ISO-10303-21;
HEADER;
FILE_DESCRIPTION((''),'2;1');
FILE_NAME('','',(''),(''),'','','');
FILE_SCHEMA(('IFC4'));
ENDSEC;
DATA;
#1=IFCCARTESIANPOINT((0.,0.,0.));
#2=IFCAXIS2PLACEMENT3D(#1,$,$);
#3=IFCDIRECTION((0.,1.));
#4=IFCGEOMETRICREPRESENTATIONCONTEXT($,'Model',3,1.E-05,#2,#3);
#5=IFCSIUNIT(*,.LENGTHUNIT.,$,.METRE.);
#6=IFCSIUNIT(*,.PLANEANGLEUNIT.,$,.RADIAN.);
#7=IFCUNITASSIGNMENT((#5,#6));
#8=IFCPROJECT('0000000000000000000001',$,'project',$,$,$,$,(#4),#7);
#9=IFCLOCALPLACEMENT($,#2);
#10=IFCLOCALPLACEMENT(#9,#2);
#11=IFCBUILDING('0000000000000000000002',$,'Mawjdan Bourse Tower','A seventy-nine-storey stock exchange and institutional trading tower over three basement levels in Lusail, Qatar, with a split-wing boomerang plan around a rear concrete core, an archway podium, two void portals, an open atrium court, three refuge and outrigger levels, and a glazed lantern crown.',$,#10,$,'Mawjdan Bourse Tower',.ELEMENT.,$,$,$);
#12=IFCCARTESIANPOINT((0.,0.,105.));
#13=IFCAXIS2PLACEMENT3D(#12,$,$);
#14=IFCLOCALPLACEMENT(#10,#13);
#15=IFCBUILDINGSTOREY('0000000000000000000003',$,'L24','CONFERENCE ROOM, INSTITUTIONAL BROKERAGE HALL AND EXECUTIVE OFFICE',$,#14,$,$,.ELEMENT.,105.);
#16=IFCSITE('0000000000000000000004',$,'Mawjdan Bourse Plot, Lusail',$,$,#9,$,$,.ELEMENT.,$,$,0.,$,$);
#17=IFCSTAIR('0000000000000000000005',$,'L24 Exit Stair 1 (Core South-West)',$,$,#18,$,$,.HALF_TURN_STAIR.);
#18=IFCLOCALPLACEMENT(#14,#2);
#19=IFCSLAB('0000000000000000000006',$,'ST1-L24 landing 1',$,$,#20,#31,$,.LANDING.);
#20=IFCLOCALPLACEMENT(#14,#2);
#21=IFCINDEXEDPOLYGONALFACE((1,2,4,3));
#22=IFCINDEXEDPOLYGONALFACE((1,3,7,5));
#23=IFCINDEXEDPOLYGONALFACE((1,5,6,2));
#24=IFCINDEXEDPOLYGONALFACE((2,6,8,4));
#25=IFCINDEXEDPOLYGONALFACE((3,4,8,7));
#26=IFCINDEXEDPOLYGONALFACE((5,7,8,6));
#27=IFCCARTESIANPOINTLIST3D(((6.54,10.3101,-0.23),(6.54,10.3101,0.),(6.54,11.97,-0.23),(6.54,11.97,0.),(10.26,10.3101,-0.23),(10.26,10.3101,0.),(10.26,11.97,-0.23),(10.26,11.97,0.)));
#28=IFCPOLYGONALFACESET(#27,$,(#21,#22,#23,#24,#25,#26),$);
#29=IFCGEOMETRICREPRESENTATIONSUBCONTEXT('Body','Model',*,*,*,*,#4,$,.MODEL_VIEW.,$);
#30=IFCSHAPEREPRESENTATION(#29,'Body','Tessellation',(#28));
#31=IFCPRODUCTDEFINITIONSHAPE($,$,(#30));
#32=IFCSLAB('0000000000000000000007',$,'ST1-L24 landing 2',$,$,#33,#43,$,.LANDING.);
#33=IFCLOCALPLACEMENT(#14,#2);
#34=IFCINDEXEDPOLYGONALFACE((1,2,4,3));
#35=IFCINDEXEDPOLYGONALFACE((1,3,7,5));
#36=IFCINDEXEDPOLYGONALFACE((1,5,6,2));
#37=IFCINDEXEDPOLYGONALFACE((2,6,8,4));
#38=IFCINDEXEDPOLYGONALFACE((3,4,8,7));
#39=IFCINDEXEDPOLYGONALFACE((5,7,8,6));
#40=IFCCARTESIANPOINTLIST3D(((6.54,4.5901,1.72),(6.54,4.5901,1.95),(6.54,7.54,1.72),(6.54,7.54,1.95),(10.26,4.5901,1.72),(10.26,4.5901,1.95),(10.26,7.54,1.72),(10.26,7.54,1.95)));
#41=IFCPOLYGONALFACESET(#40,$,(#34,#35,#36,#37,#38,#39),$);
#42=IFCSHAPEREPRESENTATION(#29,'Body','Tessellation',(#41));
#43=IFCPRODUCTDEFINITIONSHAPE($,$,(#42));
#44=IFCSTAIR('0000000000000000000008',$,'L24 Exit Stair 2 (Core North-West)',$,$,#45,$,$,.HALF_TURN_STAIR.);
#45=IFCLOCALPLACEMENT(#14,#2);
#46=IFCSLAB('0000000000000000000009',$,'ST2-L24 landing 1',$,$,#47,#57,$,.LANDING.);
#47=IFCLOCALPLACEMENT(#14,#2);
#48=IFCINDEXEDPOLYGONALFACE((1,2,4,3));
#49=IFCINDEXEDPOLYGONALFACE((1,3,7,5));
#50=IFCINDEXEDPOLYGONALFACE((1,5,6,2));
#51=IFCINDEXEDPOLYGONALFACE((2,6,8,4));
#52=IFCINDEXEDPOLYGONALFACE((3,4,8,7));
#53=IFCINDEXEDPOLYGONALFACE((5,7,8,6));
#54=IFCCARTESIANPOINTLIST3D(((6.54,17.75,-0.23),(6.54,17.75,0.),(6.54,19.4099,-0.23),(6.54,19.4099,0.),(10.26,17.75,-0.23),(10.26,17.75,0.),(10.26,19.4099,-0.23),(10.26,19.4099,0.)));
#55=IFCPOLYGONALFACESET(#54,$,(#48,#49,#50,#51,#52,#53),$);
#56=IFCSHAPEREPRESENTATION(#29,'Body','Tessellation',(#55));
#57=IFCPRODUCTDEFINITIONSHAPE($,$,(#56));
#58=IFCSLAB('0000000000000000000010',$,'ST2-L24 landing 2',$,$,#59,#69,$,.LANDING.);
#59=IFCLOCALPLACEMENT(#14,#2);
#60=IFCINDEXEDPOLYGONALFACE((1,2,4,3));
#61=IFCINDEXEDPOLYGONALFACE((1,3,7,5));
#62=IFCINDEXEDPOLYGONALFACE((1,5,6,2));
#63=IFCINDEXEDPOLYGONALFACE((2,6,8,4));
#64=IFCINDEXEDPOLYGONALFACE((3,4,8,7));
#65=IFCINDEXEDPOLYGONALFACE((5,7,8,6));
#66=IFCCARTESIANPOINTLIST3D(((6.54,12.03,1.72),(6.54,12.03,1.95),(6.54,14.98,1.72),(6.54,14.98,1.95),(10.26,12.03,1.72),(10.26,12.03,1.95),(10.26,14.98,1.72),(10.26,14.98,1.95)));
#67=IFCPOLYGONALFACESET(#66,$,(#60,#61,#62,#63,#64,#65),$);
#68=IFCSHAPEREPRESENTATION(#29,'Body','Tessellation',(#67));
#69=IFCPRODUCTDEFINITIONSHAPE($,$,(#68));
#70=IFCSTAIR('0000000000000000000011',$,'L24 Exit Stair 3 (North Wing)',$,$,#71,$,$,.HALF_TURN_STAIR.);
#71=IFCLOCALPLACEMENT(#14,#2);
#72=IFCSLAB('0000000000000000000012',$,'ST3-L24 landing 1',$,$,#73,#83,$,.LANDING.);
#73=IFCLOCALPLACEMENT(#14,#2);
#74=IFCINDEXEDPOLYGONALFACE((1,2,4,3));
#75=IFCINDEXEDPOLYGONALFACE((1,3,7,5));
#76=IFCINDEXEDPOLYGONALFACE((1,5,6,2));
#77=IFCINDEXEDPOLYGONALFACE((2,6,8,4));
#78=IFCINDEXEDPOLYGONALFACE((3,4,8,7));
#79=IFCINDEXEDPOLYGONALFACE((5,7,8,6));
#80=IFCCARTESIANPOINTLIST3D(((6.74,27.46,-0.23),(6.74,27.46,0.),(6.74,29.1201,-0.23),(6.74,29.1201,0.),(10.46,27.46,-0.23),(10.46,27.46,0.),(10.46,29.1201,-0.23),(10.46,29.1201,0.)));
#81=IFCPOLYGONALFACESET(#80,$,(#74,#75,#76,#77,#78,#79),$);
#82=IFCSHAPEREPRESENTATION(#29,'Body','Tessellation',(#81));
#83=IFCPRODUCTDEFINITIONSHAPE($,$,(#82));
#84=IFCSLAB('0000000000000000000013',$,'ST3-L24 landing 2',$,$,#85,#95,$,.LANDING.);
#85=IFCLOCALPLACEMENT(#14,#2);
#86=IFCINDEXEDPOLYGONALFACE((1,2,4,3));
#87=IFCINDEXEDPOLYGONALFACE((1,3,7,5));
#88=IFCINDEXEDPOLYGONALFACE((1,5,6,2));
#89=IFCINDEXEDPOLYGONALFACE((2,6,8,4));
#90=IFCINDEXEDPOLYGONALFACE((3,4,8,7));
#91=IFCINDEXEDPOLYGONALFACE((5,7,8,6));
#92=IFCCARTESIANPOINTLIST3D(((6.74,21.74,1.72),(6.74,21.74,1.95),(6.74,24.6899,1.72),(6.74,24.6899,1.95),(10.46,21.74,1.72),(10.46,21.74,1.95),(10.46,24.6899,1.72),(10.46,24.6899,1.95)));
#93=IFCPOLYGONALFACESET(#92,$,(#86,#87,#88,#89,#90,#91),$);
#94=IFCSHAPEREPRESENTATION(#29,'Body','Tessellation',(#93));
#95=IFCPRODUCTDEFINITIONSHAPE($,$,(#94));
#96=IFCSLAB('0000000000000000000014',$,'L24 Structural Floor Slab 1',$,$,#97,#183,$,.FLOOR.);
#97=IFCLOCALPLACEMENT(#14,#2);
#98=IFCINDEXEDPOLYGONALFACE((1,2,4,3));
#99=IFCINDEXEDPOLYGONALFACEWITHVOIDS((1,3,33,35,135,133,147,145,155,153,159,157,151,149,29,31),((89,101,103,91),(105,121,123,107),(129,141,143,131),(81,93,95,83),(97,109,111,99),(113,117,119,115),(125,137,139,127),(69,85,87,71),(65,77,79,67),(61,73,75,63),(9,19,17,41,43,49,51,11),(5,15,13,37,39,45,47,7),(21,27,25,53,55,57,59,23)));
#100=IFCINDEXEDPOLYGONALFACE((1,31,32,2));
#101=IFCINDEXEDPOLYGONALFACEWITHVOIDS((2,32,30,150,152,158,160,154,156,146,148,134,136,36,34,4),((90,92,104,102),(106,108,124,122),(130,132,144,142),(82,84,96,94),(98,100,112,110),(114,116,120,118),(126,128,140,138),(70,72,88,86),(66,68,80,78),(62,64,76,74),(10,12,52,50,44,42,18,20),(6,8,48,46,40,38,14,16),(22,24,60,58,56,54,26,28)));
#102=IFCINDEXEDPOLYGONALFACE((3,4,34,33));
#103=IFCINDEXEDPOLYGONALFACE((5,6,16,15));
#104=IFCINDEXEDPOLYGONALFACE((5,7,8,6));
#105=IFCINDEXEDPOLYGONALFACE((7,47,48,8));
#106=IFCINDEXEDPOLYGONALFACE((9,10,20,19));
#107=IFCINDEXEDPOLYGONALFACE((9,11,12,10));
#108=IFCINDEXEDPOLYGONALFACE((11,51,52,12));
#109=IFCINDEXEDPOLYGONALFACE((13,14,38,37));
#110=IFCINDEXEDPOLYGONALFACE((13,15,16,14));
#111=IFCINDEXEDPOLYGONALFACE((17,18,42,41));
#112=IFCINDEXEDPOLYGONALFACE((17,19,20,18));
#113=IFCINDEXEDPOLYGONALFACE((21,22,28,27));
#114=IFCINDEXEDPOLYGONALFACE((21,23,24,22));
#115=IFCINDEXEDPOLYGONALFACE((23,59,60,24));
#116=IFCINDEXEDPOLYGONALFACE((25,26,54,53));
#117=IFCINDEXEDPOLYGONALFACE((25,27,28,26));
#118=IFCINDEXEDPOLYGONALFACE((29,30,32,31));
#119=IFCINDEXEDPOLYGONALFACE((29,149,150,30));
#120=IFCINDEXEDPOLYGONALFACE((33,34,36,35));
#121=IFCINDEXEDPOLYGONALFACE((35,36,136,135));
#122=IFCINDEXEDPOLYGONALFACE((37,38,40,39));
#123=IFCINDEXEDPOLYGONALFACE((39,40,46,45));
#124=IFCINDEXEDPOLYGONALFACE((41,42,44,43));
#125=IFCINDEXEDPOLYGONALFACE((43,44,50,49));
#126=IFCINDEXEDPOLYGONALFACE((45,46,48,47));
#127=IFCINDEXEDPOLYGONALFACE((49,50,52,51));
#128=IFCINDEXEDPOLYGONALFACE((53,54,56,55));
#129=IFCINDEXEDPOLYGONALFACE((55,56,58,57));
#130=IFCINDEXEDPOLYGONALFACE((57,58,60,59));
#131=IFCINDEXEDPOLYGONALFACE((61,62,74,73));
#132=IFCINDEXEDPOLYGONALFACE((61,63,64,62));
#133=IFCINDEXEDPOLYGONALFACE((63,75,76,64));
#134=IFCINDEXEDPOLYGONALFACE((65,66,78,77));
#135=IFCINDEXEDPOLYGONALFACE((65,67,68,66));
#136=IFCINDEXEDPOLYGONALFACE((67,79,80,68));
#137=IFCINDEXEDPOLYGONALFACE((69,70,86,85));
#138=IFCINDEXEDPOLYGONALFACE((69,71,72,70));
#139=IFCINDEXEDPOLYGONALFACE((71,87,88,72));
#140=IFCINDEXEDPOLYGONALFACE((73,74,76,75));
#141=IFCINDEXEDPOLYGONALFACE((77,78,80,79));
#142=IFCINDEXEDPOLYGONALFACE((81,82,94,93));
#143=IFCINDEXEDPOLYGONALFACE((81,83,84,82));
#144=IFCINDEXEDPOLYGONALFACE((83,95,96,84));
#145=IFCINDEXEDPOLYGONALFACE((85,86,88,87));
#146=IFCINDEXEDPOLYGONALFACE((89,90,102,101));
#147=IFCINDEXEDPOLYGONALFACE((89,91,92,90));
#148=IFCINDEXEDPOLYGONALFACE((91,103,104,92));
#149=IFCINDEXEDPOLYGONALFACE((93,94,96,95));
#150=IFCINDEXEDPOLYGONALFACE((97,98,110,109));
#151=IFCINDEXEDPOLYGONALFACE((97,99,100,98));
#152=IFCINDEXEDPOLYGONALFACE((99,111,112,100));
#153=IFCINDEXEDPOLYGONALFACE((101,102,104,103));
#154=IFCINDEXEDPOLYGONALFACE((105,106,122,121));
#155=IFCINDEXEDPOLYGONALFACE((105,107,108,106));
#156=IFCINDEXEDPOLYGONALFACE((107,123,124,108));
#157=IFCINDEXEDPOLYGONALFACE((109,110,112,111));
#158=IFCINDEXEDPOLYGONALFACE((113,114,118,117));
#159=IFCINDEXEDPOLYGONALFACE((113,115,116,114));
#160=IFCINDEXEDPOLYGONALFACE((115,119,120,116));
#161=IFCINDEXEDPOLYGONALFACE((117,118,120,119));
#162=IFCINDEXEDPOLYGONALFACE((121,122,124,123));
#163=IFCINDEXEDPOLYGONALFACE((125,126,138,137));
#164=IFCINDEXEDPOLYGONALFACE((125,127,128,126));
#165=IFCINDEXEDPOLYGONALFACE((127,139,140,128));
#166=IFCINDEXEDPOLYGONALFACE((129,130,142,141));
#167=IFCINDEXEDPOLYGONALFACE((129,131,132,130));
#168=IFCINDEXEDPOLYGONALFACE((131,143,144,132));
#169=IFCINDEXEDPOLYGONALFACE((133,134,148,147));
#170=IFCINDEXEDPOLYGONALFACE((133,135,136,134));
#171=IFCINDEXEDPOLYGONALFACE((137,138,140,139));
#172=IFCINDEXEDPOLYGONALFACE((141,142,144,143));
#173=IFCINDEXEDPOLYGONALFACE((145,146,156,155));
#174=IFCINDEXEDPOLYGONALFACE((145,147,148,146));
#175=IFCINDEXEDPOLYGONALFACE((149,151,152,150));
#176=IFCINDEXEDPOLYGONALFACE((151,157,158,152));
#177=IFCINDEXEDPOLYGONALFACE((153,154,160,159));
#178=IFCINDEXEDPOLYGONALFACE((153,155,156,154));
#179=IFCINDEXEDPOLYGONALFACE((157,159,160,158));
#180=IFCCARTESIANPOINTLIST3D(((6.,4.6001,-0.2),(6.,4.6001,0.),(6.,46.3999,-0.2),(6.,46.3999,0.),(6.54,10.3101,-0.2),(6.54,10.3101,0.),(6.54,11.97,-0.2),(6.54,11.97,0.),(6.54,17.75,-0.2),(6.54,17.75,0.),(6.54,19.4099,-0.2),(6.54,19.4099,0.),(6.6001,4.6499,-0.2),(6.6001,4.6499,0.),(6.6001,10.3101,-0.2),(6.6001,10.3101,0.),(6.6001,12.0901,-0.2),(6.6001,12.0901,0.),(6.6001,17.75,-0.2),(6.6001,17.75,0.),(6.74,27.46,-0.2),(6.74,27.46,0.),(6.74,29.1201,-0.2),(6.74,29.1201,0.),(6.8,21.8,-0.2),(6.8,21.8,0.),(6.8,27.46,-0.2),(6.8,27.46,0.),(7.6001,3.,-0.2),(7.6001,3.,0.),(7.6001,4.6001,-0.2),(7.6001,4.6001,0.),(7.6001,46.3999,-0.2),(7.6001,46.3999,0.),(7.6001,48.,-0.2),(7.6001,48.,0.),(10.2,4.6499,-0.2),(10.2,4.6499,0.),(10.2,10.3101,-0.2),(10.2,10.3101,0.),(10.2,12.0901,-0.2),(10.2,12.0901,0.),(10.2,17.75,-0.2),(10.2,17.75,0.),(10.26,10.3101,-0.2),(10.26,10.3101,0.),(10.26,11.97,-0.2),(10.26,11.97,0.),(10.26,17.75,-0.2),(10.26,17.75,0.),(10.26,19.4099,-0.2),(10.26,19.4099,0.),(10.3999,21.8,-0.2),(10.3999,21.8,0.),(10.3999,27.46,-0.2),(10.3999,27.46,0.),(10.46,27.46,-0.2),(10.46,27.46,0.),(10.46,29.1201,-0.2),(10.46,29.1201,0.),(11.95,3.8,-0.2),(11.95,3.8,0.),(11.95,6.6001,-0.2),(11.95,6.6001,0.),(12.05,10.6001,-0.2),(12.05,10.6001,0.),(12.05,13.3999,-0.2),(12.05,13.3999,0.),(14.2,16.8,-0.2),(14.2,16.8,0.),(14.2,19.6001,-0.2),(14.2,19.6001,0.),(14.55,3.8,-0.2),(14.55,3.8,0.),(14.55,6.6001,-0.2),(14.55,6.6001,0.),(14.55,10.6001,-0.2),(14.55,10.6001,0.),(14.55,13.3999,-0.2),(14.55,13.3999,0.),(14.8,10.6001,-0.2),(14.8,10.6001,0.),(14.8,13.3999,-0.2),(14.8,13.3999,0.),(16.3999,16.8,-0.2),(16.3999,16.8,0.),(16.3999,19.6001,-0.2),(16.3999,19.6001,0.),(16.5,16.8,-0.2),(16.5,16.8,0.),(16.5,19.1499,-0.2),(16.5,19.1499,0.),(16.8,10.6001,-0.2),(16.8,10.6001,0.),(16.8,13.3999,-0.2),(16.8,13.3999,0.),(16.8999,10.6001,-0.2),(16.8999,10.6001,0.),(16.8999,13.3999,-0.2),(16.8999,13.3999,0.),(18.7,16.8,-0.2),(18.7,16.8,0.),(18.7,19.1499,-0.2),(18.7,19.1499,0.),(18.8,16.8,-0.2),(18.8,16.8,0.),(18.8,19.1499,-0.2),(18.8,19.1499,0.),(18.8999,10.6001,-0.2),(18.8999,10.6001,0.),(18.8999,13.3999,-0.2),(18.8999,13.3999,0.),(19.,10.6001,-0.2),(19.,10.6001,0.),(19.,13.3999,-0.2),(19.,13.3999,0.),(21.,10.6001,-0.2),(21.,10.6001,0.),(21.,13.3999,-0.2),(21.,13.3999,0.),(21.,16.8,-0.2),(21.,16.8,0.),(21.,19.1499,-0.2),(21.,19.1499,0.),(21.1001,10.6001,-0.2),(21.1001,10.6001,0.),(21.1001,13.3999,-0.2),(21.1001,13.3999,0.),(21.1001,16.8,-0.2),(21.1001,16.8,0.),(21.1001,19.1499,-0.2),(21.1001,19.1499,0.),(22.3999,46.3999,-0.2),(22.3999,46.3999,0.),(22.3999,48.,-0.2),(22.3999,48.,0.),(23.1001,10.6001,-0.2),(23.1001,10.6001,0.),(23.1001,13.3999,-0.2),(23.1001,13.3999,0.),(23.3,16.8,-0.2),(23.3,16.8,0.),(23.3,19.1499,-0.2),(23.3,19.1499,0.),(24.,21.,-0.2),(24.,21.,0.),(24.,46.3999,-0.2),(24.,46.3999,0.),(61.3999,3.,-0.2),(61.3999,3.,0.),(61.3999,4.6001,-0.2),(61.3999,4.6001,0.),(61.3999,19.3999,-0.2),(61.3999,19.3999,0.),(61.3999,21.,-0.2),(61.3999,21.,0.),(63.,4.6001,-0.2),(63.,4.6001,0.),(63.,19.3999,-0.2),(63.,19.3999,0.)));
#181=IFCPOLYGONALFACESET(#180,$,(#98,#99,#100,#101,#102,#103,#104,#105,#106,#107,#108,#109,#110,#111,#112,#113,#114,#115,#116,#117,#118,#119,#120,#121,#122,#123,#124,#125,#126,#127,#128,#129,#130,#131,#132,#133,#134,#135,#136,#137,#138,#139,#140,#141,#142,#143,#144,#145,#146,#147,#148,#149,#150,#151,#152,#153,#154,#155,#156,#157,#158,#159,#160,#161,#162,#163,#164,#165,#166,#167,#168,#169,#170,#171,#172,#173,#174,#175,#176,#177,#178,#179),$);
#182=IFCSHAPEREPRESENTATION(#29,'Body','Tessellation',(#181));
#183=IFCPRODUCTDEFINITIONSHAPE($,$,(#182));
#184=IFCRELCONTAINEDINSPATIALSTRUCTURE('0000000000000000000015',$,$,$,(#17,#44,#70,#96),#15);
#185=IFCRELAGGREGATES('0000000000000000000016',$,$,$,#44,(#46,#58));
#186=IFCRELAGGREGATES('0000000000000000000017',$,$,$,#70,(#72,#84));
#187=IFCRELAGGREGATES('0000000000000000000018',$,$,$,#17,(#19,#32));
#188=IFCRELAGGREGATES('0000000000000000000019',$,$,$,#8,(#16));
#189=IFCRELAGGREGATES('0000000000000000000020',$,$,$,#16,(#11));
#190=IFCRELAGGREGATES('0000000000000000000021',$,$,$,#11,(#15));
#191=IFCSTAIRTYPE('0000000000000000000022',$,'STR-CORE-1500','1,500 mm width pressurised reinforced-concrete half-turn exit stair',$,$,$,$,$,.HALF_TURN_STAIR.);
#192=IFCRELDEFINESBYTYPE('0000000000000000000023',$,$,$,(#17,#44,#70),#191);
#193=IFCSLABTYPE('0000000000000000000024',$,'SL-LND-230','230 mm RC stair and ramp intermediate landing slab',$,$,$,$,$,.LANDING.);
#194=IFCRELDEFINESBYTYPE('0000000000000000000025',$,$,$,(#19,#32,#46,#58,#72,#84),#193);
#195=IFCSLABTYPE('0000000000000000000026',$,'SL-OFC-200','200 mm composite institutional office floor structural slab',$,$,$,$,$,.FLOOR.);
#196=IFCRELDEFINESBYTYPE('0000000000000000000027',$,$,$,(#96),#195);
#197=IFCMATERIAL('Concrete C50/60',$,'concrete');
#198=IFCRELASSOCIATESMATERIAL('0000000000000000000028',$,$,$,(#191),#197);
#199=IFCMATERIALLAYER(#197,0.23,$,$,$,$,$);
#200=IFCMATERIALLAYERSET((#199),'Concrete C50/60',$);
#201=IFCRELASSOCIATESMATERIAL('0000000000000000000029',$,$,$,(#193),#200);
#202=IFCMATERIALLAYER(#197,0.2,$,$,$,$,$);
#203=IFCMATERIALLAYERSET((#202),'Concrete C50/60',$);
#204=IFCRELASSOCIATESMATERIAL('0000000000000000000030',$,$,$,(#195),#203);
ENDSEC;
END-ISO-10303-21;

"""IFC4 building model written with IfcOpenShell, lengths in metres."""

from ifc_helpers import new_model, si_unit, direction, frame, origin, place, context, subcontext, project, spatial, polyline, outline, extrude, material, layer, layer_set, type_object, element, aggregate, save


model = new_model("IFC4")

# Units and contexts
model_context = context("Model", 3, precision=1e-05, world=origin(), true_north=direction((0.0, 1.0)))
body_context = subcontext(model_context, "Body", "Model", "MODEL_VIEW")
ifc_project = project(units=[si_unit("LENGTHUNIT", "METRE"), si_unit("PLANEANGLEUNIT", "RADIAN")], contexts=[model_context])

# Site, building, storey
site_placement = place(None, origin())
site = spatial("IfcSite", under=ifc_project, at=site_placement, Name="Mawjdan Bourse Plot, Lusail", CompositionType="ELEMENT", RefElevation=0.0)
building_placement = place(site_placement, origin())
building = spatial("IfcBuilding", under=site, at=building_placement, Name="Mawjdan Bourse Tower", Description="A seventy-nine-storey stock exchange and institutional trading tower over three basement levels in Lusail, Qatar, with a split-wing boomerang plan around a rear concrete core, an archway podium, two void portals, an open atrium court, three refuge and outrigger levels, and a glazed lantern crown.", LongName="Mawjdan Bourse Tower", CompositionType="ELEMENT")
storey_placement = place(building_placement, frame((0.0, 0.0, 105.0)))
storey = spatial("IfcBuildingStorey", under=building, at=storey_placement, Name="L24", Description="CONFERENCE ROOM, INSTITUTIONAL BROKERAGE HALL AND EXECUTIVE OFFICE", CompositionType="ELEMENT", Elevation=105.0)

# Stairs, slabs
ifc_material_1 = material(Name="Concrete C50/60", Category="concrete")
stair_type = type_object("IfcStairType", Name="STR-CORE-1500", Description="1,500 mm width pressurised reinforced-concrete half-turn exit stair", PredefinedType="HALF_TURN_STAIR", material=ifc_material_1)
stair_1_placement = place(storey_placement, origin())
stair_1 = element("IfcStair", 1, at=stair_1_placement, inside=storey, type_object=stair_type, Name="L24 Exit Stair 1 (Core South-West)", PredefinedType="HALF_TURN_STAIR")
ifc_layer_1 = layer(ifc_material_1, 0.23)
ifc_layer_set_1 = layer_set([ifc_layer_1], Name="Concrete C50/60")
slab_type_1 = type_object("IfcSlabType", Name="SL-LND-230", Description="230 mm RC stair and ramp intermediate landing slab", PredefinedType="LANDING", material=ifc_layer_set_1)
slab_1_placement = place(storey_placement, frame((0.0, 0.0, -0.23)))
slab_1 = element("IfcSlab", 2, at=slab_1_placement, type_object=slab_type_1, Name="ST1-L24 landing 1", PredefinedType="LANDING", context=body_context, shape_type="SweptSolid", body=[
    extrude(outline(polyline([(6.54, 10.3101), (10.26, 10.3101), (10.26, 11.97), (6.54, 11.97), (6.54, 10.3101)])), origin(), (0.0, 0.0, 1.0), 0.23),
])
slab_2_placement = place(storey_placement, frame((0.0, 0.0, 1.72)))
slab_2 = element("IfcSlab", 3, at=slab_2_placement, type_object=slab_type_1, Name="ST1-L24 landing 2", PredefinedType="LANDING", context=body_context, shape_type="SweptSolid", body=[
    extrude(outline(polyline([(6.54, 4.5901), (10.26, 4.5901), (10.26, 7.54), (6.54, 7.54), (6.54, 4.5901)])), origin(), (0.0, 0.0, 1.0), 0.23),
])
stair_2_placement = place(storey_placement, origin())
stair_2 = element("IfcStair", 4, at=stair_2_placement, inside=storey, type_object=stair_type, Name="L24 Exit Stair 2 (Core North-West)", PredefinedType="HALF_TURN_STAIR")
slab_3_placement = place(storey_placement, frame((0.0, 0.0, -0.23)))
slab_3 = element("IfcSlab", 5, at=slab_3_placement, type_object=slab_type_1, Name="ST2-L24 landing 1", PredefinedType="LANDING", context=body_context, shape_type="SweptSolid", body=[
    extrude(outline(polyline([(6.54, 17.75), (10.26, 17.75), (10.26, 19.4099), (6.54, 19.4099), (6.54, 17.75)])), origin(), (0.0, 0.0, 1.0), 0.23),
])
slab_4_placement = place(storey_placement, frame((0.0, 0.0, 1.72)))
slab_4 = element("IfcSlab", 6, at=slab_4_placement, type_object=slab_type_1, Name="ST2-L24 landing 2", PredefinedType="LANDING", context=body_context, shape_type="SweptSolid", body=[
    extrude(outline(polyline([(6.54, 12.03), (10.26, 12.03), (10.26, 14.98), (6.54, 14.98), (6.54, 12.03)])), origin(), (0.0, 0.0, 1.0), 0.23),
])
aggregate(stair_2, [slab_3, slab_4])
stair_3_placement = place(storey_placement, origin())
stair_3 = element("IfcStair", 7, at=stair_3_placement, inside=storey, type_object=stair_type, Name="L24 Exit Stair 3 (North Wing)", PredefinedType="HALF_TURN_STAIR")
slab_5_placement = place(storey_placement, frame((0.0, 0.0, -0.23)))
slab_5 = element("IfcSlab", 8, at=slab_5_placement, type_object=slab_type_1, Name="ST3-L24 landing 1", PredefinedType="LANDING", context=body_context, shape_type="SweptSolid", body=[
    extrude(outline(polyline([(6.74, 27.46), (10.46, 27.46), (10.46, 29.1201), (6.74, 29.1201), (6.74, 27.46)])), origin(), (0.0, 0.0, 1.0), 0.23),
])
slab_6_placement = place(storey_placement, frame((0.0, 0.0, 1.72)))
slab_6 = element("IfcSlab", 9, at=slab_6_placement, type_object=slab_type_1, Name="ST3-L24 landing 2", PredefinedType="LANDING", context=body_context, shape_type="SweptSolid", body=[
    extrude(outline(polyline([(6.74, 21.74), (10.46, 21.74), (10.46, 24.6899), (6.74, 24.6899), (6.74, 21.74)])), origin(), (0.0, 0.0, 1.0), 0.23),
])
aggregate(stair_3, [slab_5, slab_6])

# Slab
ifc_layer_2 = layer(ifc_material_1, 0.2)
ifc_layer_set_2 = layer_set([ifc_layer_2], Name="Concrete C50/60")
slab_type_2 = type_object("IfcSlabType", Name="SL-OFC-200", Description="200 mm composite institutional office floor structural slab", PredefinedType="FLOOR", material=ifc_layer_set_2)
slab_7_placement = place(storey_placement, frame((0.0, 0.0, -0.2)))
element("IfcSlab", 10, at=slab_7_placement, inside=storey, type_object=slab_type_2, Name="L24 Structural Floor Slab 1", PredefinedType="FLOOR", context=body_context, shape_type="SweptSolid", body=[
    extrude(outline(polyline([(7.6001, 3.0), (61.3999, 3.0), (61.3999, 4.6001), (63.0, 4.6001), (63.0, 19.3999), (61.3999, 19.3999), (61.3999, 21.0), (24.0, 21.0), (24.0, 46.3999), (22.3999, 46.3999), (22.3999, 48.0), (7.6001, 48.0), (7.6001, 46.3999), (6.0, 46.3999), (6.0, 4.6001), (7.6001, 4.6001), (7.6001, 3.0)]), holes=[polyline([(11.95, 3.8), (11.95, 6.6001), (14.55, 6.6001), (14.55, 3.8), (11.95, 3.8)]), polyline([(6.6001, 10.3101), (6.54, 10.3101), (6.54, 11.97), (10.26, 11.97), (10.26, 10.3101), (10.2, 10.3101), (10.2, 4.6499), (6.6001, 4.6499), (6.6001, 10.3101)]), polyline([(12.05, 10.6001), (12.05, 13.3999), (14.55, 13.3999), (14.55, 10.6001), (12.05, 10.6001)]), polyline([(10.26, 19.4099), (10.26, 17.75), (10.2, 17.75), (10.2, 12.0901), (6.6001, 12.0901), (6.6001, 17.75), (6.54, 17.75), (6.54, 19.4099), (10.26, 19.4099)]), polyline([(10.46, 29.1201), (10.46, 27.46), (10.3999, 27.46), (10.3999, 21.8), (6.8, 21.8), (6.8, 27.46), (6.74, 27.46), (6.74, 29.1201), (10.46, 29.1201)]), polyline([(14.8, 10.6001), (14.8, 13.3999), (16.8, 13.3999), (16.8, 10.6001), (14.8, 10.6001)]), polyline([(16.8999, 10.6001), (16.8999, 13.3999), (18.8999, 13.3999), (18.8999, 10.6001), (16.8999, 10.6001)]), polyline([(19.0, 10.6001), (19.0, 13.3999), (21.0, 13.3999), (21.0, 10.6001), (19.0, 10.6001)]), polyline([(21.1001, 10.6001), (21.1001, 13.3999), (23.1001, 13.3999), (23.1001, 10.6001), (21.1001, 10.6001)]), polyline([(16.5, 16.8), (16.5, 19.1499), (18.7, 19.1499), (18.7, 16.8), (16.5, 16.8)]), polyline([(18.8, 16.8), (18.8, 19.1499), (21.0, 19.1499), (21.0, 16.8), (18.8, 16.8)]), polyline([(21.1001, 16.8), (21.1001, 19.1499), (23.3, 19.1499), (23.3, 16.8), (21.1001, 16.8)]), polyline([(14.2, 16.8), (14.2, 19.6001), (16.3999, 19.6001), (16.3999, 16.8), (14.2, 16.8)])]), origin(), (0.0, 0.0, 1.0), 0.2),
])

aggregate(stair_1, [slab_1, slab_2])

save(model, "model.ifc")
